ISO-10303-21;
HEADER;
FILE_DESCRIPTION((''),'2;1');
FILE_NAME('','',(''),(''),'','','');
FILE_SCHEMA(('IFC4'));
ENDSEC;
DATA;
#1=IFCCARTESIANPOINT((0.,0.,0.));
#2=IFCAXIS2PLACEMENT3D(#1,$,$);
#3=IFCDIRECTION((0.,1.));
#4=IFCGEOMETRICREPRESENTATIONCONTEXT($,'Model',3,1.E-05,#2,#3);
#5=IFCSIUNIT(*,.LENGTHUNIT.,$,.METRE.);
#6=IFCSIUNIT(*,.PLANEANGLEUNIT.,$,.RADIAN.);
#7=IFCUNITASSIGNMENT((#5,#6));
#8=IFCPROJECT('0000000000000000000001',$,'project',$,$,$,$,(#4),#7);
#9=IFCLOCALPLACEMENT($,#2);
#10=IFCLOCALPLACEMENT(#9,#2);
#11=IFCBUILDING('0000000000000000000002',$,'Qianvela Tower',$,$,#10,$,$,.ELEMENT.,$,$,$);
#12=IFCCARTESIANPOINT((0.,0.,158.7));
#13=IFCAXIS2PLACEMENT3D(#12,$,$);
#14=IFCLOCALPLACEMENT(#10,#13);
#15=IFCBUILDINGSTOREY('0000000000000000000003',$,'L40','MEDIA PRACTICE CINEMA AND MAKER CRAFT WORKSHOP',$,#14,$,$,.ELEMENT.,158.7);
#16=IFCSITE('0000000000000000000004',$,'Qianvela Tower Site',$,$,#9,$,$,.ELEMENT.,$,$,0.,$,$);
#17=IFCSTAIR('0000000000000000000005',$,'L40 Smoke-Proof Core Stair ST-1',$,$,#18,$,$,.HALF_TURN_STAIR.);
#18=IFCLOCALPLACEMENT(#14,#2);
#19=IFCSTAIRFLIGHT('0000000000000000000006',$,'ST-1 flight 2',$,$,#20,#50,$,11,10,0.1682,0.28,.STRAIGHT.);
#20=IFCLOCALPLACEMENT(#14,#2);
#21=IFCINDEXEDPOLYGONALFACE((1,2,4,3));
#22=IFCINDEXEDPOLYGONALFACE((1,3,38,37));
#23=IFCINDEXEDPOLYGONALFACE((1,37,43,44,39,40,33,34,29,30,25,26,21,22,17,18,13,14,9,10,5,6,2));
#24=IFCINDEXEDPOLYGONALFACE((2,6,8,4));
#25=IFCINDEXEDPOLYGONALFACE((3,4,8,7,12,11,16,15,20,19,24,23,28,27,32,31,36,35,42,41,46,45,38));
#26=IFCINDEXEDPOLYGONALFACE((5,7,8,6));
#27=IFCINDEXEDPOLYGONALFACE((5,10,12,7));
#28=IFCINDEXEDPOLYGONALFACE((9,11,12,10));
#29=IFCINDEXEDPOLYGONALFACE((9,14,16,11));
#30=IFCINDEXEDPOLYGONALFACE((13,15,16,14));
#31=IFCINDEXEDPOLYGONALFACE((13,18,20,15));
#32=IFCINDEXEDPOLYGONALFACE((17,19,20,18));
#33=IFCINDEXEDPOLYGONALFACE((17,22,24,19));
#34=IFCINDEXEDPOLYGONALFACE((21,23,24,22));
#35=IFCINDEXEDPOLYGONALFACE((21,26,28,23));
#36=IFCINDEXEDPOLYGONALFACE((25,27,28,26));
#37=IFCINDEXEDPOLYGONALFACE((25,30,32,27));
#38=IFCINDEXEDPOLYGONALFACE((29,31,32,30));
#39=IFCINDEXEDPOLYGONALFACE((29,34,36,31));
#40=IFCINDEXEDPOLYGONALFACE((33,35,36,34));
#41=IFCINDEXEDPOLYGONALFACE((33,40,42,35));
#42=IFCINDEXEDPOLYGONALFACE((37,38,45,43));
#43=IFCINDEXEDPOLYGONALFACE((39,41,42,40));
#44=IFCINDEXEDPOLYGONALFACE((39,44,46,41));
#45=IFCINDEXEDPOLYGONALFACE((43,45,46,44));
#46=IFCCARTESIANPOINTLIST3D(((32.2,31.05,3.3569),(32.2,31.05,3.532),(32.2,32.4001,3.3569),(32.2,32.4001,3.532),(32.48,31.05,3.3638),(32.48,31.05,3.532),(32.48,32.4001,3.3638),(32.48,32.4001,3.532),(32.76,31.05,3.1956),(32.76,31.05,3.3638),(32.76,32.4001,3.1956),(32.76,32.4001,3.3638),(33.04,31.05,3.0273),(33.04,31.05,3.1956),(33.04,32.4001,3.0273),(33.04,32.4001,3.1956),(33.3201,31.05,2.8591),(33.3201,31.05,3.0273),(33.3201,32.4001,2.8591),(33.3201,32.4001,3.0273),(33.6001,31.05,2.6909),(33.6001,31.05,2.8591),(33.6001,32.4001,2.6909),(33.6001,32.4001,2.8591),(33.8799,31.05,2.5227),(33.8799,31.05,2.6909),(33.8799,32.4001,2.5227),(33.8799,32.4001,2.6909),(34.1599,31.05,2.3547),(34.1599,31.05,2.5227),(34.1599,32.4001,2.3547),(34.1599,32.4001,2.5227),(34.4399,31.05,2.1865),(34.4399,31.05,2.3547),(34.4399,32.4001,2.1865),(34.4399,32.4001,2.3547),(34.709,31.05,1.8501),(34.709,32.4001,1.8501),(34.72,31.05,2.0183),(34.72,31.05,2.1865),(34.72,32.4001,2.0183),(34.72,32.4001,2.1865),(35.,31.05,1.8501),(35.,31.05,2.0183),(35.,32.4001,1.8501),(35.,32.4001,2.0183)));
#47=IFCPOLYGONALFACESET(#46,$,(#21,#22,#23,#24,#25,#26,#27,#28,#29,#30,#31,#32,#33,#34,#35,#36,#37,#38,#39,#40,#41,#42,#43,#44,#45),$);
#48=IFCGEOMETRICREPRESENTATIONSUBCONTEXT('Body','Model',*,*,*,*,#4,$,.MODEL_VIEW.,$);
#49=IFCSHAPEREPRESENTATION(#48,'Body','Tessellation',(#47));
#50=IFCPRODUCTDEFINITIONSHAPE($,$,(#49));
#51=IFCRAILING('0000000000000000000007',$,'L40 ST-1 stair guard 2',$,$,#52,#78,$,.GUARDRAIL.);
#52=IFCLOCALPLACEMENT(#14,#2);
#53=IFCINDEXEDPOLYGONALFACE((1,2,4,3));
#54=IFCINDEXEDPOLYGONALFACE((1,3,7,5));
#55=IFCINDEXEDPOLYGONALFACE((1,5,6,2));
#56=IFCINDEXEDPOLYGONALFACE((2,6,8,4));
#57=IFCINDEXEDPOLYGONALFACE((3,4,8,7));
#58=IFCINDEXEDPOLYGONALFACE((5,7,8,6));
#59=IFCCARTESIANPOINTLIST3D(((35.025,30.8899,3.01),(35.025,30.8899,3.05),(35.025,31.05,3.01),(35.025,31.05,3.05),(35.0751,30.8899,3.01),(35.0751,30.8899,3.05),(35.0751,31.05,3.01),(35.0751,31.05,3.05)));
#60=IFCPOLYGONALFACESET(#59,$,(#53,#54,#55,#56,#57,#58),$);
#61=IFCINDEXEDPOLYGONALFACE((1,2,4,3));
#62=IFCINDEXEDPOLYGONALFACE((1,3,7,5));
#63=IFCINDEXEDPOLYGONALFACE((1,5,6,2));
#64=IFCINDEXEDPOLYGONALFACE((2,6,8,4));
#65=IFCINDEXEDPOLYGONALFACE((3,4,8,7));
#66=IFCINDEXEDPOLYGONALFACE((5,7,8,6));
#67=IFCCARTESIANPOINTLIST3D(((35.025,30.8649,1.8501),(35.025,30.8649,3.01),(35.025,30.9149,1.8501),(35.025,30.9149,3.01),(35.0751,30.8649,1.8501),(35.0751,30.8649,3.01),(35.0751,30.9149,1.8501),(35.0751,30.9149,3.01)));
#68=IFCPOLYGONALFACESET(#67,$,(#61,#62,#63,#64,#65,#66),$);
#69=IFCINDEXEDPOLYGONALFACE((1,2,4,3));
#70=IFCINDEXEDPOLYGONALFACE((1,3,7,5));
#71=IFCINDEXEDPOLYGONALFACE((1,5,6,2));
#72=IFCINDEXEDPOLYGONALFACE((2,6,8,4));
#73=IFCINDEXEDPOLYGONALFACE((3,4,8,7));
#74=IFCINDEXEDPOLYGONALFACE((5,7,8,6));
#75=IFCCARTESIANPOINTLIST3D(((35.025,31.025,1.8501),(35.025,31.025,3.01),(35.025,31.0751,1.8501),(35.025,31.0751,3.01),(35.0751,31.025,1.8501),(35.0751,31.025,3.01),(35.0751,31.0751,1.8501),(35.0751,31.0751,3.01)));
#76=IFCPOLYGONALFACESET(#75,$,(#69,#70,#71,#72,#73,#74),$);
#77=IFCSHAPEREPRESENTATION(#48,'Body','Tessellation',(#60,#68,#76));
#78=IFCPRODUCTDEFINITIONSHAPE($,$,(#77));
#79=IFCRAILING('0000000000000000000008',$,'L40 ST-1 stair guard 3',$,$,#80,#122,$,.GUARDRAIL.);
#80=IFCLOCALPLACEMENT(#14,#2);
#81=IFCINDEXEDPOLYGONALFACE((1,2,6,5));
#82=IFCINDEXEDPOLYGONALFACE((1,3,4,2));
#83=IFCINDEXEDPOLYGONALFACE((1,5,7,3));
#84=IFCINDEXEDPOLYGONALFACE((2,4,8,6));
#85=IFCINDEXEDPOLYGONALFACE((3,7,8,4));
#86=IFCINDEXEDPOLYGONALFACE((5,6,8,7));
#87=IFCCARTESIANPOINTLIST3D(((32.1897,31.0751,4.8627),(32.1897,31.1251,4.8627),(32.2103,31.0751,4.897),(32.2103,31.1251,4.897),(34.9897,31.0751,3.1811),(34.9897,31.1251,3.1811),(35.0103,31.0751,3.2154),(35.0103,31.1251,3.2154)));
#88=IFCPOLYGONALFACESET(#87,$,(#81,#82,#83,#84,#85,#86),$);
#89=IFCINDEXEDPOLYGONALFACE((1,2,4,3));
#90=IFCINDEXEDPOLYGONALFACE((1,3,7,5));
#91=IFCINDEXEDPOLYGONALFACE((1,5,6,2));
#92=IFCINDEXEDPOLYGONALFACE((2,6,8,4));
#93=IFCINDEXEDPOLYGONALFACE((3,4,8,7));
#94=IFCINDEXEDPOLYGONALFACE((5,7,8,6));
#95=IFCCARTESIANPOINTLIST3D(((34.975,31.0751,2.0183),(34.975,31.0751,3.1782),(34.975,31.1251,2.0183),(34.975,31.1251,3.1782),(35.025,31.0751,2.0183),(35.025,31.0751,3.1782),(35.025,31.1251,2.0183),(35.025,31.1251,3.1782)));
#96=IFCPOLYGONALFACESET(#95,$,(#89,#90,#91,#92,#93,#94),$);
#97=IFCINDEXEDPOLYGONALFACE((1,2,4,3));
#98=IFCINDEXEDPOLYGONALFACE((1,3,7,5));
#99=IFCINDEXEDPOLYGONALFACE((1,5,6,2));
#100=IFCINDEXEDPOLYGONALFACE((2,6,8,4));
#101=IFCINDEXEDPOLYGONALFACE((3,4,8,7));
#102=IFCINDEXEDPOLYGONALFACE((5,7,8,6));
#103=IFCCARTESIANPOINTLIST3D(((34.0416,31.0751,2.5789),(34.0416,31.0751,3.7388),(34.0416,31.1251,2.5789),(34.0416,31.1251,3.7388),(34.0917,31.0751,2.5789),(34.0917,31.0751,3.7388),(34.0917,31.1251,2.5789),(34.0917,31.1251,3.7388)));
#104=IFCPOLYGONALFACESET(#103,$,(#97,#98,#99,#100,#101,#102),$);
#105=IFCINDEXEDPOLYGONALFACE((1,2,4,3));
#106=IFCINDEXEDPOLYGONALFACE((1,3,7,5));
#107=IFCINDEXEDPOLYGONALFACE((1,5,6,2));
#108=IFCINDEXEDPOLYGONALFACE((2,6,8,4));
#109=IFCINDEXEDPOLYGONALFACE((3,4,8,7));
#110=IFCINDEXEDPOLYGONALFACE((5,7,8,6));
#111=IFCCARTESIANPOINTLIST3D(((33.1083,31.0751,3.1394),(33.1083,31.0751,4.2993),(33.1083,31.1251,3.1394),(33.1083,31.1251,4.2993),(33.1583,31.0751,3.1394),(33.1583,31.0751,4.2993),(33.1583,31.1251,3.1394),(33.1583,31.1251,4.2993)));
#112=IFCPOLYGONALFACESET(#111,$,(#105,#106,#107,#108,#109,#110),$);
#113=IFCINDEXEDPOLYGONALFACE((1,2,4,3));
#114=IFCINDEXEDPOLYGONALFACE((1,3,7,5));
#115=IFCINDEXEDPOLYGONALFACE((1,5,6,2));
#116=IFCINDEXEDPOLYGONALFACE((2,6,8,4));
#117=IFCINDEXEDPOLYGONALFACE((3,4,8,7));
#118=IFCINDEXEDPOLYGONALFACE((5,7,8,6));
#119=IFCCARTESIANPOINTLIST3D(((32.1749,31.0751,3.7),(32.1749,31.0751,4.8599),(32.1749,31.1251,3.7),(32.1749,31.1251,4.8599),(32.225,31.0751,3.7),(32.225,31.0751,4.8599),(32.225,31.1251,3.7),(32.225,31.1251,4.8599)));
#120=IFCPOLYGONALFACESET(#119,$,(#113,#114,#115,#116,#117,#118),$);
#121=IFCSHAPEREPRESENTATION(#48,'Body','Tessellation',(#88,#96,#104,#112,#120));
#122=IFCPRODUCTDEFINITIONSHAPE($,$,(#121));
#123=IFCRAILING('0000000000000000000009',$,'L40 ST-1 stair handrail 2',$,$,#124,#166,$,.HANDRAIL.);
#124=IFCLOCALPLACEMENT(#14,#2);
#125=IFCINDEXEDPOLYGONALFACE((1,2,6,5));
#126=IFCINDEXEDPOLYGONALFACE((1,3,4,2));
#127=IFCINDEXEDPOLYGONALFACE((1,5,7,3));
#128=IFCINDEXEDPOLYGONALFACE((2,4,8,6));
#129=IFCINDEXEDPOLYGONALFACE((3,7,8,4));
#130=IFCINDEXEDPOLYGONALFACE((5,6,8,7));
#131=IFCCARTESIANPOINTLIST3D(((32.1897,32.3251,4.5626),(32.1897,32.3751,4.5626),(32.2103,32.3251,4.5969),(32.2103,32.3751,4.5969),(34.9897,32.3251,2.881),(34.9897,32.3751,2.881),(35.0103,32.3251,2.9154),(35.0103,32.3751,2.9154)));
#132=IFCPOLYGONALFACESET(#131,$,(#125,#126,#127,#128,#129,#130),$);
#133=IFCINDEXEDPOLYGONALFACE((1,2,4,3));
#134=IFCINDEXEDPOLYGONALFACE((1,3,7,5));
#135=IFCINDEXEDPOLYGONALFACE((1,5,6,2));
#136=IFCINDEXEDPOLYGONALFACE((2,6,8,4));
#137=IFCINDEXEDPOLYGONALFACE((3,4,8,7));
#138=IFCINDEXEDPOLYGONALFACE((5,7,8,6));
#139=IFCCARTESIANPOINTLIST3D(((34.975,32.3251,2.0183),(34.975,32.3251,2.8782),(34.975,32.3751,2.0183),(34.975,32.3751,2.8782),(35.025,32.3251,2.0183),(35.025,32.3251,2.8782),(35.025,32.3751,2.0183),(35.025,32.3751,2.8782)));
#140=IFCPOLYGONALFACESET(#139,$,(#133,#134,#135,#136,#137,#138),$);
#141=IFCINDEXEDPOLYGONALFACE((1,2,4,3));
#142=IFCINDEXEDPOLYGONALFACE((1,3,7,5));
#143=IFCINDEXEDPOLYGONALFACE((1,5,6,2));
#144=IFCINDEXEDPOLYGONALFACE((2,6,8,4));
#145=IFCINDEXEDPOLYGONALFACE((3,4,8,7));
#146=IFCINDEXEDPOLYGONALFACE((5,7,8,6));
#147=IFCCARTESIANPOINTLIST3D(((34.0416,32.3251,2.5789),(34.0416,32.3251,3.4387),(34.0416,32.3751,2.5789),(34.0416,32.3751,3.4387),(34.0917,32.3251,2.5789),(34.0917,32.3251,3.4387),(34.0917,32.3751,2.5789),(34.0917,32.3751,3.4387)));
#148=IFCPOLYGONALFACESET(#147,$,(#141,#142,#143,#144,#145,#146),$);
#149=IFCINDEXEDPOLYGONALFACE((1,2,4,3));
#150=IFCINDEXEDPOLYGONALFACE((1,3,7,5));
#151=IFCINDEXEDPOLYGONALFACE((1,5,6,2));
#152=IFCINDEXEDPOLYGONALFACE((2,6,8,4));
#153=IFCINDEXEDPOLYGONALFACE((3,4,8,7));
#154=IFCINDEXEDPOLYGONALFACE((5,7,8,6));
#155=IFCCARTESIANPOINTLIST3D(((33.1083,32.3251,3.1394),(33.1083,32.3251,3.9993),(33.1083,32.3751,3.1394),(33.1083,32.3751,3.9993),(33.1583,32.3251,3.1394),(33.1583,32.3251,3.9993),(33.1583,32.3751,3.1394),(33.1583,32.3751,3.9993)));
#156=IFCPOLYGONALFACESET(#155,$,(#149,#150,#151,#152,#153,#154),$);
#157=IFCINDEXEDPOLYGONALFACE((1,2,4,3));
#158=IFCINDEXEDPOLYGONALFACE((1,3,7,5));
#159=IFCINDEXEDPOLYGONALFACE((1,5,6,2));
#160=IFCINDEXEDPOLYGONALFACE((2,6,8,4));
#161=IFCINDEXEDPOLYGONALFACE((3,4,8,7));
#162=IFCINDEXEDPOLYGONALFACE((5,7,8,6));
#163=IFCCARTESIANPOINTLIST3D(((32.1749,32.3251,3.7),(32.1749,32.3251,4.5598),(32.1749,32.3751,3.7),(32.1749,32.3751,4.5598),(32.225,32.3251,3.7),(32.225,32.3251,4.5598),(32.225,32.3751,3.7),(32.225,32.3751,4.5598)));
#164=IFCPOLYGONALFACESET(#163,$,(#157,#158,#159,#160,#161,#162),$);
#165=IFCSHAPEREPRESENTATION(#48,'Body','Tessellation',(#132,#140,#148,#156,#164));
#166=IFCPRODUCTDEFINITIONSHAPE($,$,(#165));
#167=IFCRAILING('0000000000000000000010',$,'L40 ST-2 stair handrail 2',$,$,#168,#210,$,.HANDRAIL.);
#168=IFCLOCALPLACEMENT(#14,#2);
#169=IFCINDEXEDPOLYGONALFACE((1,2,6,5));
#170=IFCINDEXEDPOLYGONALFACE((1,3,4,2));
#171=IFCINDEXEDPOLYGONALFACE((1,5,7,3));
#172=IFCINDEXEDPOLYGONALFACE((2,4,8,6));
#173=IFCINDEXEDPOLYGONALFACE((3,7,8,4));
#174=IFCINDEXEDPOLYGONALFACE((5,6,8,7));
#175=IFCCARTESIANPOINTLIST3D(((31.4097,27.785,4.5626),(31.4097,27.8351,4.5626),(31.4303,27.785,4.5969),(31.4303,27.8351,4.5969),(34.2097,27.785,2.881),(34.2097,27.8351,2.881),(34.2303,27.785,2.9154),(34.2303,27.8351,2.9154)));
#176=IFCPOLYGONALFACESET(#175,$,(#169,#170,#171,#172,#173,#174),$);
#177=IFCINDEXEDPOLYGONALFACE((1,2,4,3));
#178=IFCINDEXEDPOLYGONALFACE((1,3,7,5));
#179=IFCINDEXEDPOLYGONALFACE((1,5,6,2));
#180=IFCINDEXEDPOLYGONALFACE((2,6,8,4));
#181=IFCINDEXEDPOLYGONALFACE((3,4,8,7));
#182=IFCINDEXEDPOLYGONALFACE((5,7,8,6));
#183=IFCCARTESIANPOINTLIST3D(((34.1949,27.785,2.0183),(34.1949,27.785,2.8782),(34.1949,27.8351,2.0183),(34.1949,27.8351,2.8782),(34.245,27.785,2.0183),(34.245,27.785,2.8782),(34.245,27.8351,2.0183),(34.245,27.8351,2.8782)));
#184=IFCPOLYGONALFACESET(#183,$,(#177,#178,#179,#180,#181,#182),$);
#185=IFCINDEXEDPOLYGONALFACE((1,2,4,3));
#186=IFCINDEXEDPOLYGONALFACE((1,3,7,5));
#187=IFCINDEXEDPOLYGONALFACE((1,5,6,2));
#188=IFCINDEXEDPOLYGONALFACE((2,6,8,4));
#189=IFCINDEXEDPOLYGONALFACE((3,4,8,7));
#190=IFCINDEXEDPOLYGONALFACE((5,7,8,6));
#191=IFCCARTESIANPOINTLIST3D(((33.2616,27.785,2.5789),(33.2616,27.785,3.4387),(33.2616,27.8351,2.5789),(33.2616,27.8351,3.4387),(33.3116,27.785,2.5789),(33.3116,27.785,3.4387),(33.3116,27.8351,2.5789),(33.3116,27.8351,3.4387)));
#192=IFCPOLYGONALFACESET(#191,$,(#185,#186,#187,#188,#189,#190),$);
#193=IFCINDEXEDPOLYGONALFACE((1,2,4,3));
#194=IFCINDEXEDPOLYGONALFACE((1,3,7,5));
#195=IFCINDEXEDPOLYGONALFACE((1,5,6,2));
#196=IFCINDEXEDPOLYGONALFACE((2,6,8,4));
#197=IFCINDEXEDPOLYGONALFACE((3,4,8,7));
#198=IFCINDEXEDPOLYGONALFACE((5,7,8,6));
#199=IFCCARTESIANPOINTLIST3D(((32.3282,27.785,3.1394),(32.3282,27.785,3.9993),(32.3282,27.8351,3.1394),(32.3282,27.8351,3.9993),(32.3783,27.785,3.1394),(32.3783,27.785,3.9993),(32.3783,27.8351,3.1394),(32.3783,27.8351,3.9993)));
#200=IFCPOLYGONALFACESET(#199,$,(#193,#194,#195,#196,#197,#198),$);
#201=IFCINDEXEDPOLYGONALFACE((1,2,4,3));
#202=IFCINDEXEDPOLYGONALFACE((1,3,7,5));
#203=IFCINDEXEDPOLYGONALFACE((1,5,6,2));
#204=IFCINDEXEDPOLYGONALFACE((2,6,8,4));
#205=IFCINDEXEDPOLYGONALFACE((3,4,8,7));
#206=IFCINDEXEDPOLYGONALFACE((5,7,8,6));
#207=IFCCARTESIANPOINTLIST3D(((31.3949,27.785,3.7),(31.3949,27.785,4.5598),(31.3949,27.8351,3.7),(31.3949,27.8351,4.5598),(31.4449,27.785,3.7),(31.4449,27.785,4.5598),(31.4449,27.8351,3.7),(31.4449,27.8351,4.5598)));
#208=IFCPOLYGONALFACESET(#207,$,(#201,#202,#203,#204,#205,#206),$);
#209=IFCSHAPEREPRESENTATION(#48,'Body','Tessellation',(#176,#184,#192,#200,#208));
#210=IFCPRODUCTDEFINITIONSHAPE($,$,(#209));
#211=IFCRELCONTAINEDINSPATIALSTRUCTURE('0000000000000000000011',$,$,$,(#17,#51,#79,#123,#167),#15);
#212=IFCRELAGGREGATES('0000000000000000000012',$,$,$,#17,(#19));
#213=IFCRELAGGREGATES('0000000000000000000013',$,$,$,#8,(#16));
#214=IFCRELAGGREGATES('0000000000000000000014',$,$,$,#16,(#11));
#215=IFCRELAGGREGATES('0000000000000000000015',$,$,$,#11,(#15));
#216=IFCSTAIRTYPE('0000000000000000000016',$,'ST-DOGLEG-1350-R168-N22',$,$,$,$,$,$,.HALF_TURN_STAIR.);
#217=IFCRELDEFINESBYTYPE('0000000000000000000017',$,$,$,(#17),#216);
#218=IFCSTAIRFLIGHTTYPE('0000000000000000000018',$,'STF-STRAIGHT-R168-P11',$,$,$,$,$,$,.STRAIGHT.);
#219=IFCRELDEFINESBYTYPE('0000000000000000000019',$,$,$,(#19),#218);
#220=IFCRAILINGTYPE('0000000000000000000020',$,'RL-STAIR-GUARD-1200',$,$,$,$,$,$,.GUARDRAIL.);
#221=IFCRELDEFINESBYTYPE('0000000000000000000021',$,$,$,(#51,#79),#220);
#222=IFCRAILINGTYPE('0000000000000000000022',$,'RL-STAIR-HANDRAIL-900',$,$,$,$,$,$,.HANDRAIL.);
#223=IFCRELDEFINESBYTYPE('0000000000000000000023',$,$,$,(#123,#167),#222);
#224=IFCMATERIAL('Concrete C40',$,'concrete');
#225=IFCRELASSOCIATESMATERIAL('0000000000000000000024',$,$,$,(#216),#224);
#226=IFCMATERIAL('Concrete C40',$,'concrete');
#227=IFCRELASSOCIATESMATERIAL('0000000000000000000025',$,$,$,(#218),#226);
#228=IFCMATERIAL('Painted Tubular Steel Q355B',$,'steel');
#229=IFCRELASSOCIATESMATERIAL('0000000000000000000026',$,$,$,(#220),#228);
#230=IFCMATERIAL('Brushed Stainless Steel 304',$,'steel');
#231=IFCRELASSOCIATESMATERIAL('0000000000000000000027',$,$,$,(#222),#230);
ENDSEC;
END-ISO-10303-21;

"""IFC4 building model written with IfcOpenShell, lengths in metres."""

from ifc_helpers import new_model, si_unit, direction, frame, origin, origin_2d, place, context, subcontext, project, spatial, polyline, rectangle, outline, extrude, material, type_object, element, aggregate, save


model = new_model("IFC4")

# Units and contexts
model_context = context("Model", 3, precision=1e-05, world=origin(), true_north=direction((0.0, 1.0)))
body_context = subcontext(model_context, "Body", "Model", "MODEL_VIEW")
ifc_project = project(units=[si_unit("LENGTHUNIT", "METRE"), si_unit("PLANEANGLEUNIT", "RADIAN")], contexts=[model_context])

# Site, building, storey
site_placement = place(None, origin())
site = spatial("IfcSite", under=ifc_project, at=site_placement, Name="Qianvela Tower Site", CompositionType="ELEMENT", RefElevation=0.0)
building_placement = place(site_placement, origin())
building = spatial("IfcBuilding", under=site, at=building_placement, Name="Qianvela Tower", CompositionType="ELEMENT")
storey_placement = place(building_placement, frame((0.0, 0.0, 158.7)))
storey = spatial("IfcBuildingStorey", under=building, at=storey_placement, Name="L40", Description="MEDIA PRACTICE CINEMA AND MAKER CRAFT WORKSHOP", CompositionType="ELEMENT", Elevation=158.7)

# Stair, stair flight
ifc_material_1 = material(Name="Concrete C40", Category="concrete")
stair_type = type_object("IfcStairType", Name="ST-DOGLEG-1350-R168-N22", PredefinedType="HALF_TURN_STAIR", material=ifc_material_1)
stair_placement = place(storey_placement, origin())
stair = element("IfcStair", 1, at=stair_placement, inside=storey, type_object=stair_type, Name="L40 Smoke-Proof Core Stair ST-1", PredefinedType="HALF_TURN_STAIR")
ifc_material_2 = material(Name="Concrete C40", Category="concrete")
stair_flight_type = type_object("IfcStairFlightType", Name="STF-STRAIGHT-R168-P11", PredefinedType="STRAIGHT", material=ifc_material_2)
stair_flight_placement = place(storey_placement, frame((35.0, 31.7251, 1.8501), z_axis=(0.0, 0.0, 1.0), x_axis=(-1.0, 0.0, 0.0)))
stair_flight = element("IfcStairFlight", 2, at=stair_flight_placement, type_object=stair_flight_type, Name="ST-1 flight 2", NumberOfRisers=11, NumberOfTreads=10, PredefinedType="STRAIGHT", RiserHeight=0.1682, TreadLength=0.28, context=body_context, shape_type="SweptSolid", body=[
    extrude(outline(polyline([(0.0, 0.0), (0.0, 0.1682), (0.28, 0.1682), (0.28, 0.3364), (0.5601, 0.3364), (0.5601, 0.5046), (0.8401, 0.5046), (0.8401, 0.6726), (1.1201, 0.6726), (1.1201, 0.8408), (1.3999, 0.8408), (1.3999, 1.009), (1.6799, 1.009), (1.6799, 1.1772), (1.96, 1.1772), (1.96, 1.3455), (2.24, 1.3455), (2.24, 1.5137), (2.52, 1.5137), (2.52, 1.6819), (2.8, 1.6819), (2.8, 1.8501), (2.8, 1.5068), (0.291, 0.0), (0.0, 0.0)])), frame((0.0, 0.675, 0.0), z_axis=(0.0, -1.0, 0.0), x_axis=(1.0, 0.0, 0.0)), (0.0, 0.0, 1.0), 1.3501),
])
aggregate(stair, [stair_flight])

# Railings
ifc_material_3 = material(Name="Painted Tubular Steel Q355B", Category="steel")
railing_type_1 = type_object("IfcRailingType", Name="RL-STAIR-GUARD-1200", PredefinedType="GUARDRAIL", material=ifc_material_3)
railing_1_placement = place(storey_placement, frame((35.05, 30.8899, 1.8501)))
element("IfcRailing", 3, at=railing_1_placement, inside=storey, type_object=railing_type_1, Name="L40 ST-1 stair guard 2", PredefinedType="GUARDRAIL", context=body_context, shape_type="SweptSolid", body=[
    extrude(rectangle(XDim=0.05, YDim=0.04, at=origin_2d()), frame((0.0, 0.0, 1.1799), z_axis=(0.0, 1.0, 0.0), x_axis=(-1.0, 0.0, 0.0)), (0.0, 0.0, 1.0), 0.1602),
    extrude(rectangle(XDim=0.05, YDim=0.05, at=origin_2d()), origin(), (0.0, 0.0, 1.0), 1.1599),
    extrude(rectangle(XDim=0.05, YDim=0.05, at=origin_2d()), frame((0.0, 0.1602, 0.0)), (0.0, 0.0, 1.0), 1.1599),
])
railing_2_placement = place(storey_placement, frame((35.0, 31.1001, 2.0183)))
element("IfcRailing", 4, at=railing_2_placement, inside=storey, type_object=railing_type_1, Name="L40 ST-1 stair guard 3", PredefinedType="GUARDRAIL", context=body_context, shape_type="SweptSolid", body=[
    extrude(rectangle(XDim=0.05, YDim=0.04, at=origin_2d()), frame((0.0, 0.0, 1.1799), z_axis=(-0.857275, 0.0, 0.514858), x_axis=(0.0, -1.0, 0.0)), (0.0, 0.0, 1.0), 3.2661),
    extrude(rectangle(XDim=0.05, YDim=0.05, at=origin_2d()), origin(), (0.0, 0.0, 1.0), 1.1599),
    extrude(rectangle(XDim=0.05, YDim=0.05, at=origin_2d()), frame((-0.9333, 0.0, 0.5605)), (0.0, 0.0, 1.0), 1.1599),
    extrude(rectangle(XDim=0.05, YDim=0.05, at=origin_2d()), frame((-1.8667, 0.0, 1.1211)), (0.0, 0.0, 1.0), 1.1599),
    extrude(rectangle(XDim=0.05, YDim=0.05, at=origin_2d()), frame((-2.8, 0.0, 1.6816)), (0.0, 0.0, 1.0), 1.1599),
])
ifc_material_4 = material(Name="Brushed Stainless Steel 304", Category="steel")
railing_type_2 = type_object("IfcRailingType", Name="RL-STAIR-HANDRAIL-900", PredefinedType="HANDRAIL", material=ifc_material_4)
for number, where, name in (
    (5, (35.0, 32.3501, 2.0183), "L40 ST-1 stair handrail 2"),
    (6, (34.22, 27.8101, 2.0183), "L40 ST-2 stair handrail 2"),
):
    element("IfcRailing", number, at=place(storey_placement, frame(where)), inside=storey, type_object=railing_type_2, Name=name, PredefinedType="HANDRAIL", context=body_context, shape_type="SweptSolid", body=[
        extrude(rectangle(XDim=0.05, YDim=0.04, at=origin_2d()), frame((0.0, 0.0, 0.8799), z_axis=(-0.857275, 0.0, 0.514858), x_axis=(0.0, -1.0, 0.0)), (0.0, 0.0, 1.0), 3.2661),
        extrude(rectangle(XDim=0.05, YDim=0.05, at=origin_2d()), origin(), (0.0, 0.0, 1.0), 0.8599),
        extrude(rectangle(XDim=0.05, YDim=0.05, at=origin_2d()), frame((-0.9333, 0.0, 0.5605)), (0.0, 0.0, 1.0), 0.8599),
        extrude(rectangle(XDim=0.05, YDim=0.05, at=origin_2d()), frame((-1.8667, 0.0, 1.1211)), (0.0, 0.0, 1.0), 0.8599),
        extrude(rectangle(XDim=0.05, YDim=0.05, at=origin_2d()), frame((-2.8, 0.0, 1.6816)), (0.0, 0.0, 1.0), 0.8599),
    ])

save(model, "model.ifc")
